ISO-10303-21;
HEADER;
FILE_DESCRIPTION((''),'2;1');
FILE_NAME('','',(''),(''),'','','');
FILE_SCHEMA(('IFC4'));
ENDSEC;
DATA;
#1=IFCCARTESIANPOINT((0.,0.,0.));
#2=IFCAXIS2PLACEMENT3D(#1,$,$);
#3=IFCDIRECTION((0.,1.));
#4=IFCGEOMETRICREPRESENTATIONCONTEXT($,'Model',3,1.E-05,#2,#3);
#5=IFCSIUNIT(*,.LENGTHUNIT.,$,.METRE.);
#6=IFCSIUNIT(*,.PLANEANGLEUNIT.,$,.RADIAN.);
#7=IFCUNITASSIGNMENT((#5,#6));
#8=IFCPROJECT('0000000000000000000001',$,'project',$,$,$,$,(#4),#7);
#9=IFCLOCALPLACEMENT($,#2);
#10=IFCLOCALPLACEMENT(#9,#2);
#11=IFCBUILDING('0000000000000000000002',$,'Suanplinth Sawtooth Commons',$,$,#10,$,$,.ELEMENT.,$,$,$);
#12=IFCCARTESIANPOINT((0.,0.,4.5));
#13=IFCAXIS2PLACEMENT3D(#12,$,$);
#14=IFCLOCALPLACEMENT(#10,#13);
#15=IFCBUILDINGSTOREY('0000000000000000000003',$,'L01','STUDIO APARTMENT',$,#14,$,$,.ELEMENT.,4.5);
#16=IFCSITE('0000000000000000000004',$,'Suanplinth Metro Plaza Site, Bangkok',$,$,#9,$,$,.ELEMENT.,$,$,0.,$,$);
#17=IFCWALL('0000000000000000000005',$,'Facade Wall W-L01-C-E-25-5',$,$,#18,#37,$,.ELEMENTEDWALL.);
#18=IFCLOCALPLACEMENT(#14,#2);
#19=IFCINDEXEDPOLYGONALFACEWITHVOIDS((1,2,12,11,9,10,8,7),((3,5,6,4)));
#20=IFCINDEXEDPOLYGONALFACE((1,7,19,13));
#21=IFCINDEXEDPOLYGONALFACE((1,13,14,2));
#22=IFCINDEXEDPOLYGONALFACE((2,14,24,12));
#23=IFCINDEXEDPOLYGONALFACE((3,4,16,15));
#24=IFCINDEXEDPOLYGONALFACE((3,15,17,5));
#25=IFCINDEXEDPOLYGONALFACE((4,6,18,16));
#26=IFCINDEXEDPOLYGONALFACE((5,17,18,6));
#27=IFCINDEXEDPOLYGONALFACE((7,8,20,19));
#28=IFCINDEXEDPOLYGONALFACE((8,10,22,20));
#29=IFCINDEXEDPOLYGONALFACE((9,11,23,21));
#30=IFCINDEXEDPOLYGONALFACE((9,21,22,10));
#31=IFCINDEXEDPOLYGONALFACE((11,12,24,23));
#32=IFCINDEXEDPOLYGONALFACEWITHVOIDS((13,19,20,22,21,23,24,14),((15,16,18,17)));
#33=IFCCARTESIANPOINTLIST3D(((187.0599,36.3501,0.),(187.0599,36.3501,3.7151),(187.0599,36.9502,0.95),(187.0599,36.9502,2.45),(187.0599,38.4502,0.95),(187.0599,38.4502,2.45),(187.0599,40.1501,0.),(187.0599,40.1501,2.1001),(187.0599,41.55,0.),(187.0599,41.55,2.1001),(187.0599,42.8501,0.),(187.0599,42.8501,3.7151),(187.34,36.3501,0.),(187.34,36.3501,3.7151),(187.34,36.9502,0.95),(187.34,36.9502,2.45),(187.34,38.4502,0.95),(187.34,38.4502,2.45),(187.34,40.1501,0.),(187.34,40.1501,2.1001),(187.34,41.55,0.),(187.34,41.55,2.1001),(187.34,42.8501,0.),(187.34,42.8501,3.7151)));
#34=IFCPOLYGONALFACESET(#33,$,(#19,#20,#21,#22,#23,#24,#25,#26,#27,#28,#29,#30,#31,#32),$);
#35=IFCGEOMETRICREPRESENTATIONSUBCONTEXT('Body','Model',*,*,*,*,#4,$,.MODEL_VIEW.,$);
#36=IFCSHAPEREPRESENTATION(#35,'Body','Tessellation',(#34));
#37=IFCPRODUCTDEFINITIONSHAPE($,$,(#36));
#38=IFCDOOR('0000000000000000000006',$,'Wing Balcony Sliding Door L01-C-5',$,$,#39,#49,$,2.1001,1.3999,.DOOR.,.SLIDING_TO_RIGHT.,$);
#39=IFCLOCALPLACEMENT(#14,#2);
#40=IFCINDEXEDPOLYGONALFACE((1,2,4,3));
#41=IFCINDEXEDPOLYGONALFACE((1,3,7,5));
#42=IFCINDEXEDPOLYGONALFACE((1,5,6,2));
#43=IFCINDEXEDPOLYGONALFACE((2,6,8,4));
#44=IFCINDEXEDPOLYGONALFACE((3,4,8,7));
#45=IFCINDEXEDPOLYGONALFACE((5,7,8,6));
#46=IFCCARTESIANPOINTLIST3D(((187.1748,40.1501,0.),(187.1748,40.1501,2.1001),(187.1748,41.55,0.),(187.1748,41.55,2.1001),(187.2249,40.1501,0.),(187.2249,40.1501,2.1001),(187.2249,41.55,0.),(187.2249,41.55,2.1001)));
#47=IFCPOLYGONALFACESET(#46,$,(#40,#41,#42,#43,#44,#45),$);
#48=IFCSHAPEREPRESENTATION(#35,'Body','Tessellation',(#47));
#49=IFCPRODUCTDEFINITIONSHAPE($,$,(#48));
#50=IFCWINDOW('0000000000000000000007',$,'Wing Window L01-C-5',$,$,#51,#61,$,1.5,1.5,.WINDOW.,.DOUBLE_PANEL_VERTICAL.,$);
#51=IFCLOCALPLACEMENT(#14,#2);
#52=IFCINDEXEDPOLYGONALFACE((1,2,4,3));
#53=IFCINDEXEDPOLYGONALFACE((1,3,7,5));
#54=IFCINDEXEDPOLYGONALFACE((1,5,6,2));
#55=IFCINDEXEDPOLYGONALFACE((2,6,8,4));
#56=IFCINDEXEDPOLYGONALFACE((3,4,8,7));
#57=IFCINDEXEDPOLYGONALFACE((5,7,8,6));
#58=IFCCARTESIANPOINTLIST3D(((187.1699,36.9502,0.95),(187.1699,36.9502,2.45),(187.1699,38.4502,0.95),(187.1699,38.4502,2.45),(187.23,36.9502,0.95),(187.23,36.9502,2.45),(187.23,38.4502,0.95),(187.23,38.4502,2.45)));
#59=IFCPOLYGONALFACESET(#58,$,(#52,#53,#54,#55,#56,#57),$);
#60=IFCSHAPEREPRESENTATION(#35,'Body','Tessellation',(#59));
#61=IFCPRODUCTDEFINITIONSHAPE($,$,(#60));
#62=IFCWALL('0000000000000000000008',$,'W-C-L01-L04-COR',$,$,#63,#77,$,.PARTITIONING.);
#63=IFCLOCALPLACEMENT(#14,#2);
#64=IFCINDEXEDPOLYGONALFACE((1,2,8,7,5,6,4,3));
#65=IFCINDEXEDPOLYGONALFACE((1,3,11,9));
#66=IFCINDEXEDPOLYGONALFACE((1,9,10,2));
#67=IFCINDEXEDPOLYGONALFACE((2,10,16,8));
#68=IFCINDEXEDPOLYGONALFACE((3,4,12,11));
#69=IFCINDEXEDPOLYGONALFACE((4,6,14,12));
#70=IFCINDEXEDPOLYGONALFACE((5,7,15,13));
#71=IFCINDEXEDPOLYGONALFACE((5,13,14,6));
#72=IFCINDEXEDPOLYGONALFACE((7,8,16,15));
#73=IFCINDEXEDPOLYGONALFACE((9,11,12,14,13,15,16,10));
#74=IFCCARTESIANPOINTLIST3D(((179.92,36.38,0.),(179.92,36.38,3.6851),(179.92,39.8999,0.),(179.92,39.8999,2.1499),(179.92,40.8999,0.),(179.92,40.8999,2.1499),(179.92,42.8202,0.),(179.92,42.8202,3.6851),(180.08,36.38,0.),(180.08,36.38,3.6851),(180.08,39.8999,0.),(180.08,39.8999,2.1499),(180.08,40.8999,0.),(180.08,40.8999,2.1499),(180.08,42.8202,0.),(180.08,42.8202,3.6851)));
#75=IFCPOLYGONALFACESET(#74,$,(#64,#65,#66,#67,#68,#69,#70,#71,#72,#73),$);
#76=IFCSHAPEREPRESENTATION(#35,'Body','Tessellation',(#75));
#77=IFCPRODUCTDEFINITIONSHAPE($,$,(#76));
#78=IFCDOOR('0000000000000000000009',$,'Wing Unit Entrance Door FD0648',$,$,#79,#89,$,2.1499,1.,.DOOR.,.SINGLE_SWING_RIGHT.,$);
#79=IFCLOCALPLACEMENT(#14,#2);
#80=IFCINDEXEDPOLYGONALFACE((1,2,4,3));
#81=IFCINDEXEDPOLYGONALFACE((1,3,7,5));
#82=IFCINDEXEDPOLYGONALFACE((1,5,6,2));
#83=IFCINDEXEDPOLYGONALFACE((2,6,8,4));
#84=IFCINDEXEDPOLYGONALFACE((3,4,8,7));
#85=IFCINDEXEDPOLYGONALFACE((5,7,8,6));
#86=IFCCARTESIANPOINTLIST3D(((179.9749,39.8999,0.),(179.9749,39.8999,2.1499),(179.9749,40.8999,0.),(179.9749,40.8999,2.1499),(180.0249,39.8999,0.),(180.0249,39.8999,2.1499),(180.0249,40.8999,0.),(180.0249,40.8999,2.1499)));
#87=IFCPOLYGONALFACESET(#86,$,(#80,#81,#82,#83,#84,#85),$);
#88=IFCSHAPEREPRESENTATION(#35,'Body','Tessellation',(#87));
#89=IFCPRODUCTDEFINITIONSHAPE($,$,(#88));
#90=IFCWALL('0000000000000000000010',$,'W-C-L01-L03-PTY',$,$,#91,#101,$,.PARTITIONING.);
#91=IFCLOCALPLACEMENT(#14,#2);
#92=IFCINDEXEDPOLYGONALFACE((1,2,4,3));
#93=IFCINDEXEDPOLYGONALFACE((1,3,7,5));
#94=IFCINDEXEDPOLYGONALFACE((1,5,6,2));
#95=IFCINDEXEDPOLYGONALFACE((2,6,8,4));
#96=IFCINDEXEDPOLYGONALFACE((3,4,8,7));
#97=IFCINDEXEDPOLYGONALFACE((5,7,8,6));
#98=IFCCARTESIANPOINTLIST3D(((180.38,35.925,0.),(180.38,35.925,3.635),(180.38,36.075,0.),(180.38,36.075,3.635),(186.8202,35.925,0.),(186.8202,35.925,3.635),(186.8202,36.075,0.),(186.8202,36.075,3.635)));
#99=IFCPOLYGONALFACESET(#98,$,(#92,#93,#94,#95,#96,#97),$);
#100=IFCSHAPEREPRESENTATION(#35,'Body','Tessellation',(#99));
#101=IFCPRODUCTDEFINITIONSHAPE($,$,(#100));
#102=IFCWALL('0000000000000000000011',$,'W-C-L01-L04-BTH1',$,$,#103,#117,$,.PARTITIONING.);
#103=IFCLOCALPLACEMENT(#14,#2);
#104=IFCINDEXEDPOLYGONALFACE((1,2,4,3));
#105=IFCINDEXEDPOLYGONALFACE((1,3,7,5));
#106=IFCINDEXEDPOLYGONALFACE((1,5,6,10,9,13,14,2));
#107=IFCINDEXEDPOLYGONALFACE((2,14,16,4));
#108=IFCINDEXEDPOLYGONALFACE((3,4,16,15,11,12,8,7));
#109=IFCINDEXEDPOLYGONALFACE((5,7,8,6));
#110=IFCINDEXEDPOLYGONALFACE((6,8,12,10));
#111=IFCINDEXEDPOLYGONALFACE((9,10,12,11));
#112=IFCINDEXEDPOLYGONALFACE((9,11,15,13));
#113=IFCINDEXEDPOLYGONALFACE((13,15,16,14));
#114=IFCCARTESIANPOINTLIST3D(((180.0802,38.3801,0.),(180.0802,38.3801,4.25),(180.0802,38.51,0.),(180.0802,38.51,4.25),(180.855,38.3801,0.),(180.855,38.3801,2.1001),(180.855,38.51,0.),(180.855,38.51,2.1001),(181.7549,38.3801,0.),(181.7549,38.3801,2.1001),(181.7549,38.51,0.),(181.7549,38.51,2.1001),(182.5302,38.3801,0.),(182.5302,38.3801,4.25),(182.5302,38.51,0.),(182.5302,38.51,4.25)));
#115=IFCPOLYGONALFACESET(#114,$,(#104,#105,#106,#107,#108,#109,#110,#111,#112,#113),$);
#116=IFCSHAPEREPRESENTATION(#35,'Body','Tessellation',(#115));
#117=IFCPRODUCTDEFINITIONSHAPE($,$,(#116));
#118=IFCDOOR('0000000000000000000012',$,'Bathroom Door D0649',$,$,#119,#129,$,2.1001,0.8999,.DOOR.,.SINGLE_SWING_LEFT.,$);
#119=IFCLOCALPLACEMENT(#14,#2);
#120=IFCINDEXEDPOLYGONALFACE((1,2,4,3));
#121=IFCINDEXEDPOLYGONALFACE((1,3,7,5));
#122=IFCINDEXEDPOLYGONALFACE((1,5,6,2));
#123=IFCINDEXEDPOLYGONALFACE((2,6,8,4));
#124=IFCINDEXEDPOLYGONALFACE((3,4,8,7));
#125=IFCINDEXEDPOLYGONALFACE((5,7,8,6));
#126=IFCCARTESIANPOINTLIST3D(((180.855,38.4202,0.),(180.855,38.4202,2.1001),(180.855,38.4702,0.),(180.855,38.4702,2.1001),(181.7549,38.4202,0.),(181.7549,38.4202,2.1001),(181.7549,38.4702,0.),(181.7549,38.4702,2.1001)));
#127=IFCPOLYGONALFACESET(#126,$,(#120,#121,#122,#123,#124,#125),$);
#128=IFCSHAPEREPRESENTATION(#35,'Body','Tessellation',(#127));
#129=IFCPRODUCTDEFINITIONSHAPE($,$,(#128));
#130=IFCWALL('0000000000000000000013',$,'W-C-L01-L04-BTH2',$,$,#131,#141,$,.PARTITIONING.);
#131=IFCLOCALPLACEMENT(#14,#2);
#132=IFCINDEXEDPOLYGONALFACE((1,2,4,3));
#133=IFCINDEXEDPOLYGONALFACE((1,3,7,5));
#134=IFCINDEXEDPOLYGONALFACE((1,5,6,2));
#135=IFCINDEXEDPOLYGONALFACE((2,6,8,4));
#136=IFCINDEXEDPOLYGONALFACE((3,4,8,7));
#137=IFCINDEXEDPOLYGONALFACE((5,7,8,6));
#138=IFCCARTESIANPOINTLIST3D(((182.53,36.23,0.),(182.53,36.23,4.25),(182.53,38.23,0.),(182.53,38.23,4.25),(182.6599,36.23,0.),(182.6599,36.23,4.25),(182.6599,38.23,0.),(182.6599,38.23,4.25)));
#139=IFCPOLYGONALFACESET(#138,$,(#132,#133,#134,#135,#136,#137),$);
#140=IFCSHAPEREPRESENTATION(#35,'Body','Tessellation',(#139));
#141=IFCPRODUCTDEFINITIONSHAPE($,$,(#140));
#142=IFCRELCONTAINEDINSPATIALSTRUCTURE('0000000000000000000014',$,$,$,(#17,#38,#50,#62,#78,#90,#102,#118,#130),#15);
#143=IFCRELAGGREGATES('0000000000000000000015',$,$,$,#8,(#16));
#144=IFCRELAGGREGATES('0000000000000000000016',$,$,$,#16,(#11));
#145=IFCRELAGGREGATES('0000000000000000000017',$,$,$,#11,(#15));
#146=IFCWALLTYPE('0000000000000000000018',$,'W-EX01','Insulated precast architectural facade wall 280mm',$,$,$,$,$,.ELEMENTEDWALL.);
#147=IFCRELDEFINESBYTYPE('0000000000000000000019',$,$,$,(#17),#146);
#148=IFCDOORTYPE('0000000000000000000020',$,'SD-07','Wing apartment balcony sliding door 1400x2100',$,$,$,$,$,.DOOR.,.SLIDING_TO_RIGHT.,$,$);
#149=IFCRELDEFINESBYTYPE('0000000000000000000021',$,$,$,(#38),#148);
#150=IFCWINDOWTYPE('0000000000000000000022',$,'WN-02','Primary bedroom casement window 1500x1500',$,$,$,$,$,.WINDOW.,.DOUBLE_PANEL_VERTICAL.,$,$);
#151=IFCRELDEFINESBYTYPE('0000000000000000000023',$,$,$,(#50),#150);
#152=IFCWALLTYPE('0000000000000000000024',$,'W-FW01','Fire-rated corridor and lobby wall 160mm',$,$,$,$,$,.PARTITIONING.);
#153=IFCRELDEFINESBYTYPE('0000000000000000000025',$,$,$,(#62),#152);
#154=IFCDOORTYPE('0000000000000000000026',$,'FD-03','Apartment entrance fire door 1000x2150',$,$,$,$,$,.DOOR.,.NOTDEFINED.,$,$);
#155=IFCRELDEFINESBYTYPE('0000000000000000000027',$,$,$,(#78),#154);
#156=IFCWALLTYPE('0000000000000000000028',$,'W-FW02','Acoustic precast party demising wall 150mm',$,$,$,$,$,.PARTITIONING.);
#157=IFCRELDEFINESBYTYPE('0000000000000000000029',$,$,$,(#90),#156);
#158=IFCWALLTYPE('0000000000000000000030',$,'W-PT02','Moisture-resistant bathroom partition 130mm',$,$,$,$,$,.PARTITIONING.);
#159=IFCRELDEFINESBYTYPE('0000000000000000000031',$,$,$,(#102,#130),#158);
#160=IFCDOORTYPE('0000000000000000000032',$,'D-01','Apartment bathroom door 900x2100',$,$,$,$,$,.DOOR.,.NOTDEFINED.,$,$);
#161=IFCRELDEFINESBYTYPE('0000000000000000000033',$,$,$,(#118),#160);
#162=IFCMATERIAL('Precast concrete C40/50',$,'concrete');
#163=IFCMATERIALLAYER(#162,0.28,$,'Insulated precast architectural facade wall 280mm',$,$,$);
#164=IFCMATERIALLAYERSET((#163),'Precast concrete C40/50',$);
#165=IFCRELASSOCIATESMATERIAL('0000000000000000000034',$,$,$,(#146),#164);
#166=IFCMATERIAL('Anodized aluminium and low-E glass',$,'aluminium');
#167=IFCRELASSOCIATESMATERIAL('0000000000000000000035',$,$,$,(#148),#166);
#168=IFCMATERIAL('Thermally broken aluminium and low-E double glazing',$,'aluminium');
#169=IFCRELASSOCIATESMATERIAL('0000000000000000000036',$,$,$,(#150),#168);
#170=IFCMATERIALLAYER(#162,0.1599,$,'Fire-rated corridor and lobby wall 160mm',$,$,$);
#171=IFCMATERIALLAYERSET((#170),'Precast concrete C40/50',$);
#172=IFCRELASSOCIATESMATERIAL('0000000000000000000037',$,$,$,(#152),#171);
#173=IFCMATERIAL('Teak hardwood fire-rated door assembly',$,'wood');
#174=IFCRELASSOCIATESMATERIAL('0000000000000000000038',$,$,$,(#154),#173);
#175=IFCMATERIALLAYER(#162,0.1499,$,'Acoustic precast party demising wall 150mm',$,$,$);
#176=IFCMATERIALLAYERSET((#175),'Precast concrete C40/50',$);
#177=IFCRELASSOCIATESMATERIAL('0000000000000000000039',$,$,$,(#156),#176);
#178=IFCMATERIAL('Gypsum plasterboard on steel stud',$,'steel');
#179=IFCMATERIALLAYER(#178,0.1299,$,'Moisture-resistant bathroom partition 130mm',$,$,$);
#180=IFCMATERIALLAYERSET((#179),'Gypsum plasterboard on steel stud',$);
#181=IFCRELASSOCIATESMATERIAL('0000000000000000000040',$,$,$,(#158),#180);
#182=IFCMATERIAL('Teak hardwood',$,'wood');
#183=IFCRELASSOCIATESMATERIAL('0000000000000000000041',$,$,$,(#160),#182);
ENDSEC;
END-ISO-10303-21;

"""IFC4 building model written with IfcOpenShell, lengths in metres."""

from ifc_helpers import new_model, si_unit, direction, frame, frame_2d, origin, place, context, subcontext, project, spatial, rectangle, extrude, material, layer, layer_set, type_object, element, fill, save


model = new_model("IFC4")

# Units and contexts
model_context = context("Model", 3, precision=1e-05, world=origin(), true_north=direction((0.0, 1.0)))
body_context = subcontext(model_context, "Body", "Model", "MODEL_VIEW")
ifc_project = project(units=[si_unit("LENGTHUNIT", "METRE"), si_unit("PLANEANGLEUNIT", "RADIAN")], contexts=[model_context])

# Site, building, storey
site_placement = place(None, origin())
site = spatial("IfcSite", under=ifc_project, at=site_placement, Name="Suanplinth Metro Plaza Site, Bangkok", CompositionType="ELEMENT", RefElevation=0.0)
building_placement = place(site_placement, origin())
building = spatial("IfcBuilding", under=site, at=building_placement, Name="Suanplinth Sawtooth Commons", CompositionType="ELEMENT")
storey_placement = place(building_placement, frame((0.0, 0.0, 4.5)))
storey = spatial("IfcBuildingStorey", under=building, at=storey_placement, Name="L01", Description="STUDIO APARTMENT", CompositionType="ELEMENT", Elevation=4.5)

# Shared definitions
ifc_material_1 = material(Name="Precast concrete C40/50", Category="concrete")

# Shared definitions
ifc_layer_1 = layer(ifc_material_1, 0.28, Name="Insulated precast architectural facade wall 280mm")
ifc_layer_set_1 = layer_set([ifc_layer_1], Name="Precast concrete C40/50")
wall_type_1 = type_object("IfcWallType", Name="W-EX01", Description="Insulated precast architectural facade wall 280mm", PredefinedType="ELEMENTEDWALL", material=ifc_layer_set_1)
ifc_material_2 = material(Name="Anodized aluminium and low-E glass", Category="aluminium")
door_type_1 = type_object("IfcDoorType", Name="SD-07", Description="Wing apartment balcony sliding door 1400x2100", OperationType="SLIDING_TO_RIGHT", PredefinedType="DOOR", material=ifc_material_2)

# Wall, openings, door, window
wall_1_placement = place(storey_placement, frame((187.2, 36.3501, 0.0), z_axis=(0.0, 0.0, 1.0), x_axis=(0.0, 1.0, 0.0)))
wall_1 = element("IfcWall", 1, at=wall_1_placement, inside=storey, type_object=wall_type_1, Name="Facade Wall W-L01-C-E-25-5", PredefinedType="ELEMENTEDWALL", context=body_context, shape_type="SweptSolid", body=[
    extrude(rectangle(XDim=6.5, YDim=0.28, at=frame_2d((3.25, 0.0))), origin(), (0.0, 0.0, 1.0), 3.7151),
])
opening_1_placement = place(wall_1_placement, frame((3.8, 0.0, 0.0)))
opening_1 = element("IfcOpeningElement", 2, at=opening_1_placement, cuts=wall_1, PredefinedType="OPENING", context=body_context, shape_type="SweptSolid", body=[
    extrude(rectangle(XDim=1.3999, YDim=2.1001, at=frame_2d((0.7, 1.05))), frame((0.0, 0.1548, 0.0), z_axis=(0.0, -1.0, 0.0), x_axis=(1.0, 0.0, 0.0)), (0.0, 0.0, 1.0), 0.3098),
])
opening_2_placement = place(wall_1_placement, frame((0.6001, 0.0, 0.95)))
opening_2 = element("IfcOpeningElement", 3, at=opening_2_placement, cuts=wall_1, PredefinedType="OPENING", context=body_context, shape_type="SweptSolid", body=[
    extrude(rectangle(XDim=1.5, YDim=1.5, at=frame_2d((0.75, 0.75))), frame((0.0, 0.1548, 0.0), z_axis=(0.0, -1.0, 0.0), x_axis=(1.0, 0.0, 0.0)), (0.0, 0.0, 1.0), 0.3098),
])
door_1_placement = place(opening_1_placement, frame((1.3999, 0.0, 0.0), z_axis=(0.0, 0.0, 1.0), x_axis=(-1.0, 0.0, 0.0)))
door_1 = element("IfcDoor", 4, at=door_1_placement, inside=storey, type_object=door_type_1, Name="Wing Balcony Sliding Door L01-C-5", OperationType="SLIDING_TO_RIGHT", OverallHeight=2.1001, OverallWidth=1.3999, PredefinedType="DOOR", context=body_context, shape_type="SweptSolid", body=[
    extrude(rectangle(XDim=1.3999, YDim=2.1001, at=frame_2d((0.7, 1.05))), frame((0.0, 0.0249, 0.0), z_axis=(0.0, -1.0, 0.0), x_axis=(1.0, 0.0, 0.0)), (0.0, 0.0, 1.0), 0.05),
])
fill(opening_1, door_1)
ifc_material_3 = material(Name="Thermally broken aluminium and low-E double glazing", Category="aluminium")
window_type = type_object("IfcWindowType", Name="WN-02", Description="Primary bedroom casement window 1500x1500", PartitioningType="DOUBLE_PANEL_VERTICAL", PredefinedType="WINDOW", material=ifc_material_3)
window_placement = place(opening_2_placement, origin())
window = element("IfcWindow", 5, at=window_placement, inside=storey, type_object=window_type, Name="Wing Window L01-C-5", OverallHeight=1.5, OverallWidth=1.5, PartitioningType="DOUBLE_PANEL_VERTICAL", PredefinedType="WINDOW", context=body_context, shape_type="SweptSolid", body=[
    extrude(rectangle(XDim=1.5, YDim=1.5, at=frame_2d((0.75, 0.75))), frame((0.0, 0.03, 0.0), z_axis=(0.0, -1.0, 0.0), x_axis=(1.0, 0.0, 0.0)), (0.0, 0.0, 1.0), 0.0601),
])
fill(opening_2, window)

# Wall, opening, door
ifc_layer_2 = layer(ifc_material_1, 0.1599, Name="Fire-rated corridor and lobby wall 160mm")
ifc_layer_set_2 = layer_set([ifc_layer_2], Name="Precast concrete C40/50")
wall_type_2 = type_object("IfcWallType", Name="W-FW01", Description="Fire-rated corridor and lobby wall 160mm", PredefinedType="PARTITIONING", material=ifc_layer_set_2)
wall_2_placement = place(storey_placement, frame((180.0, 36.3799, 0.0), z_axis=(0.0, 0.0, 1.0), x_axis=(0.0, 1.0, 0.0)))
wall_2 = element("IfcWall", 6, at=wall_2_placement, inside=storey, type_object=wall_type_2, Name="W-C-L01-L04-COR", PredefinedType="PARTITIONING", context=body_context, shape_type="SweptSolid", body=[
    extrude(rectangle(XDim=6.4402, YDim=0.1599, at=frame_2d((3.2202, 0.0))), origin(), (0.0, 0.0, 1.0), 3.6851),
])
opening_3_placement = place(wall_2_placement, frame((3.52, 0.0, 0.0)))
opening_3 = element("IfcOpeningElement", 7, at=opening_3_placement, cuts=wall_2, PredefinedType="OPENING", context=body_context, shape_type="SweptSolid", body=[
    extrude(rectangle(XDim=1.0, YDim=2.1499, at=frame_2d((0.5, 1.075))), frame((0.0, 0.0947, 0.0), z_axis=(0.0, -1.0, 0.0), x_axis=(1.0, 0.0, 0.0)), (0.0, 0.0, 1.0), 0.1897),
])
ifc_material_4 = material(Name="Teak hardwood fire-rated door assembly", Category="wood")
door_type_2 = type_object("IfcDoorType", Name="FD-03", Description="Apartment entrance fire door 1000x2150", OperationType="NOTDEFINED", PredefinedType="DOOR", material=ifc_material_4)
door_2_placement = place(opening_3_placement, frame((1.0, 0.0, 0.0), z_axis=(0.0, 0.0, 1.0), x_axis=(-1.0, 0.0, 0.0)))
door_2 = element("IfcDoor", 8, at=door_2_placement, inside=storey, type_object=door_type_2, Name="Wing Unit Entrance Door FD0648", OperationType="SINGLE_SWING_RIGHT", OverallHeight=2.1499, OverallWidth=1.0, PredefinedType="DOOR", context=body_context, shape_type="SweptSolid", body=[
    extrude(rectangle(XDim=1.0, YDim=2.1499, at=frame_2d((0.5, 1.075))), frame((0.0, 0.0249, 0.0), z_axis=(0.0, -1.0, 0.0), x_axis=(1.0, 0.0, 0.0)), (0.0, 0.0, 1.0), 0.05),
])
fill(opening_3, door_2)

# Wall
ifc_layer_3 = layer(ifc_material_1, 0.1499, Name="Acoustic precast party demising wall 150mm")
ifc_layer_set_3 = layer_set([ifc_layer_3], Name="Precast concrete C40/50")
wall_type_3 = type_object("IfcWallType", Name="W-FW02", Description="Acoustic precast party demising wall 150mm", PredefinedType="PARTITIONING", material=ifc_layer_set_3)
wall_3_placement = place(storey_placement, frame((180.3799, 36.0, 0.0), z_axis=(0.0, 0.0, 1.0), x_axis=(1.0, 0.0, 0.0)))
element("IfcWall", 9, at=wall_3_placement, inside=storey, type_object=wall_type_3, Name="W-C-L01-L03-PTY", PredefinedType="PARTITIONING", context=body_context, shape_type="SweptSolid", body=[
    extrude(rectangle(XDim=6.4402, YDim=0.1499, at=frame_2d((3.2202, 0.0))), origin(), (0.0, 0.0, 1.0), 3.635),
])

# Wall, opening, door
ifc_material_5 = material(Name="Gypsum plasterboard on steel stud", Category="steel")
ifc_layer_4 = layer(ifc_material_5, 0.1299, Name="Moisture-resistant bathroom partition 130mm")
ifc_layer_set_4 = layer_set([ifc_layer_4], Name="Gypsum plasterboard on steel stud")
wall_type_4 = type_object("IfcWallType", Name="W-PT02", Description="Moisture-resistant bathroom partition 130mm", PredefinedType="PARTITIONING", material=ifc_layer_set_4)
wall_4_placement = place(storey_placement, frame((180.0801, 38.4451, 0.0), z_axis=(0.0, 0.0, 1.0), x_axis=(1.0, 0.0, 0.0)))
wall_4 = element("IfcWall", 10, at=wall_4_placement, inside=storey, type_object=wall_type_4, Name="W-C-L01-L04-BTH1", PredefinedType="PARTITIONING", context=body_context, shape_type="SweptSolid", body=[
    extrude(rectangle(XDim=2.45, YDim=0.1299, at=frame_2d((1.2251, 0.0))), origin(), (0.0, 0.0, 1.0), 4.25),
])
opening_4_placement = place(wall_4_placement, frame((0.7749, 0.0, 0.0)))
opening_4 = element("IfcOpeningElement", 11, at=opening_4_placement, cuts=wall_4, PredefinedType="OPENING", context=body_context, shape_type="SweptSolid", body=[
    extrude(rectangle(XDim=0.8999, YDim=2.1001, at=frame_2d((0.45, 1.05))), frame((0.0, 0.0798, 0.0), z_axis=(0.0, -1.0, 0.0), x_axis=(1.0, 0.0, 0.0)), (0.0, 0.0, 1.0), 0.1597),
])
ifc_material_6 = material(Name="Teak hardwood", Category="wood")
door_type_3 = type_object("IfcDoorType", Name="D-01", Description="Apartment bathroom door 900x2100", OperationType="NOTDEFINED", PredefinedType="DOOR", material=ifc_material_6)
door_3_placement = place(opening_4_placement, frame((0.8999, 0.0, 0.0), z_axis=(0.0, 0.0, 1.0), x_axis=(-1.0, 0.0, 0.0)))
door_3 = element("IfcDoor", 12, at=door_3_placement, inside=storey, type_object=door_type_3, Name="Bathroom Door D0649", OperationType="SINGLE_SWING_LEFT", OverallHeight=2.1001, OverallWidth=0.8999, PredefinedType="DOOR", context=body_context, shape_type="SweptSolid", body=[
    extrude(rectangle(XDim=0.8999, YDim=2.1001, at=frame_2d((0.45, 1.05))), frame((0.0, 0.0249, 0.0), z_axis=(0.0, -1.0, 0.0), x_axis=(1.0, 0.0, 0.0)), (0.0, 0.0, 1.0), 0.05),
])
fill(opening_4, door_3)

# Wall
wall_5_placement = place(storey_placement, frame((182.595, 36.23, 0.0), z_axis=(0.0, 0.0, 1.0), x_axis=(0.0, 1.0, 0.0)))
element("IfcWall", 13, at=wall_5_placement, inside=storey, type_object=wall_type_4, Name="W-C-L01-L04-BTH2", PredefinedType="PARTITIONING", context=body_context, shape_type="SweptSolid", body=[
    extrude(rectangle(XDim=2.0, YDim=0.1299, at=frame_2d((1.0, 0.0))), origin(), (0.0, 0.0, 1.0), 4.25),
])

save(model, "model.ifc")
